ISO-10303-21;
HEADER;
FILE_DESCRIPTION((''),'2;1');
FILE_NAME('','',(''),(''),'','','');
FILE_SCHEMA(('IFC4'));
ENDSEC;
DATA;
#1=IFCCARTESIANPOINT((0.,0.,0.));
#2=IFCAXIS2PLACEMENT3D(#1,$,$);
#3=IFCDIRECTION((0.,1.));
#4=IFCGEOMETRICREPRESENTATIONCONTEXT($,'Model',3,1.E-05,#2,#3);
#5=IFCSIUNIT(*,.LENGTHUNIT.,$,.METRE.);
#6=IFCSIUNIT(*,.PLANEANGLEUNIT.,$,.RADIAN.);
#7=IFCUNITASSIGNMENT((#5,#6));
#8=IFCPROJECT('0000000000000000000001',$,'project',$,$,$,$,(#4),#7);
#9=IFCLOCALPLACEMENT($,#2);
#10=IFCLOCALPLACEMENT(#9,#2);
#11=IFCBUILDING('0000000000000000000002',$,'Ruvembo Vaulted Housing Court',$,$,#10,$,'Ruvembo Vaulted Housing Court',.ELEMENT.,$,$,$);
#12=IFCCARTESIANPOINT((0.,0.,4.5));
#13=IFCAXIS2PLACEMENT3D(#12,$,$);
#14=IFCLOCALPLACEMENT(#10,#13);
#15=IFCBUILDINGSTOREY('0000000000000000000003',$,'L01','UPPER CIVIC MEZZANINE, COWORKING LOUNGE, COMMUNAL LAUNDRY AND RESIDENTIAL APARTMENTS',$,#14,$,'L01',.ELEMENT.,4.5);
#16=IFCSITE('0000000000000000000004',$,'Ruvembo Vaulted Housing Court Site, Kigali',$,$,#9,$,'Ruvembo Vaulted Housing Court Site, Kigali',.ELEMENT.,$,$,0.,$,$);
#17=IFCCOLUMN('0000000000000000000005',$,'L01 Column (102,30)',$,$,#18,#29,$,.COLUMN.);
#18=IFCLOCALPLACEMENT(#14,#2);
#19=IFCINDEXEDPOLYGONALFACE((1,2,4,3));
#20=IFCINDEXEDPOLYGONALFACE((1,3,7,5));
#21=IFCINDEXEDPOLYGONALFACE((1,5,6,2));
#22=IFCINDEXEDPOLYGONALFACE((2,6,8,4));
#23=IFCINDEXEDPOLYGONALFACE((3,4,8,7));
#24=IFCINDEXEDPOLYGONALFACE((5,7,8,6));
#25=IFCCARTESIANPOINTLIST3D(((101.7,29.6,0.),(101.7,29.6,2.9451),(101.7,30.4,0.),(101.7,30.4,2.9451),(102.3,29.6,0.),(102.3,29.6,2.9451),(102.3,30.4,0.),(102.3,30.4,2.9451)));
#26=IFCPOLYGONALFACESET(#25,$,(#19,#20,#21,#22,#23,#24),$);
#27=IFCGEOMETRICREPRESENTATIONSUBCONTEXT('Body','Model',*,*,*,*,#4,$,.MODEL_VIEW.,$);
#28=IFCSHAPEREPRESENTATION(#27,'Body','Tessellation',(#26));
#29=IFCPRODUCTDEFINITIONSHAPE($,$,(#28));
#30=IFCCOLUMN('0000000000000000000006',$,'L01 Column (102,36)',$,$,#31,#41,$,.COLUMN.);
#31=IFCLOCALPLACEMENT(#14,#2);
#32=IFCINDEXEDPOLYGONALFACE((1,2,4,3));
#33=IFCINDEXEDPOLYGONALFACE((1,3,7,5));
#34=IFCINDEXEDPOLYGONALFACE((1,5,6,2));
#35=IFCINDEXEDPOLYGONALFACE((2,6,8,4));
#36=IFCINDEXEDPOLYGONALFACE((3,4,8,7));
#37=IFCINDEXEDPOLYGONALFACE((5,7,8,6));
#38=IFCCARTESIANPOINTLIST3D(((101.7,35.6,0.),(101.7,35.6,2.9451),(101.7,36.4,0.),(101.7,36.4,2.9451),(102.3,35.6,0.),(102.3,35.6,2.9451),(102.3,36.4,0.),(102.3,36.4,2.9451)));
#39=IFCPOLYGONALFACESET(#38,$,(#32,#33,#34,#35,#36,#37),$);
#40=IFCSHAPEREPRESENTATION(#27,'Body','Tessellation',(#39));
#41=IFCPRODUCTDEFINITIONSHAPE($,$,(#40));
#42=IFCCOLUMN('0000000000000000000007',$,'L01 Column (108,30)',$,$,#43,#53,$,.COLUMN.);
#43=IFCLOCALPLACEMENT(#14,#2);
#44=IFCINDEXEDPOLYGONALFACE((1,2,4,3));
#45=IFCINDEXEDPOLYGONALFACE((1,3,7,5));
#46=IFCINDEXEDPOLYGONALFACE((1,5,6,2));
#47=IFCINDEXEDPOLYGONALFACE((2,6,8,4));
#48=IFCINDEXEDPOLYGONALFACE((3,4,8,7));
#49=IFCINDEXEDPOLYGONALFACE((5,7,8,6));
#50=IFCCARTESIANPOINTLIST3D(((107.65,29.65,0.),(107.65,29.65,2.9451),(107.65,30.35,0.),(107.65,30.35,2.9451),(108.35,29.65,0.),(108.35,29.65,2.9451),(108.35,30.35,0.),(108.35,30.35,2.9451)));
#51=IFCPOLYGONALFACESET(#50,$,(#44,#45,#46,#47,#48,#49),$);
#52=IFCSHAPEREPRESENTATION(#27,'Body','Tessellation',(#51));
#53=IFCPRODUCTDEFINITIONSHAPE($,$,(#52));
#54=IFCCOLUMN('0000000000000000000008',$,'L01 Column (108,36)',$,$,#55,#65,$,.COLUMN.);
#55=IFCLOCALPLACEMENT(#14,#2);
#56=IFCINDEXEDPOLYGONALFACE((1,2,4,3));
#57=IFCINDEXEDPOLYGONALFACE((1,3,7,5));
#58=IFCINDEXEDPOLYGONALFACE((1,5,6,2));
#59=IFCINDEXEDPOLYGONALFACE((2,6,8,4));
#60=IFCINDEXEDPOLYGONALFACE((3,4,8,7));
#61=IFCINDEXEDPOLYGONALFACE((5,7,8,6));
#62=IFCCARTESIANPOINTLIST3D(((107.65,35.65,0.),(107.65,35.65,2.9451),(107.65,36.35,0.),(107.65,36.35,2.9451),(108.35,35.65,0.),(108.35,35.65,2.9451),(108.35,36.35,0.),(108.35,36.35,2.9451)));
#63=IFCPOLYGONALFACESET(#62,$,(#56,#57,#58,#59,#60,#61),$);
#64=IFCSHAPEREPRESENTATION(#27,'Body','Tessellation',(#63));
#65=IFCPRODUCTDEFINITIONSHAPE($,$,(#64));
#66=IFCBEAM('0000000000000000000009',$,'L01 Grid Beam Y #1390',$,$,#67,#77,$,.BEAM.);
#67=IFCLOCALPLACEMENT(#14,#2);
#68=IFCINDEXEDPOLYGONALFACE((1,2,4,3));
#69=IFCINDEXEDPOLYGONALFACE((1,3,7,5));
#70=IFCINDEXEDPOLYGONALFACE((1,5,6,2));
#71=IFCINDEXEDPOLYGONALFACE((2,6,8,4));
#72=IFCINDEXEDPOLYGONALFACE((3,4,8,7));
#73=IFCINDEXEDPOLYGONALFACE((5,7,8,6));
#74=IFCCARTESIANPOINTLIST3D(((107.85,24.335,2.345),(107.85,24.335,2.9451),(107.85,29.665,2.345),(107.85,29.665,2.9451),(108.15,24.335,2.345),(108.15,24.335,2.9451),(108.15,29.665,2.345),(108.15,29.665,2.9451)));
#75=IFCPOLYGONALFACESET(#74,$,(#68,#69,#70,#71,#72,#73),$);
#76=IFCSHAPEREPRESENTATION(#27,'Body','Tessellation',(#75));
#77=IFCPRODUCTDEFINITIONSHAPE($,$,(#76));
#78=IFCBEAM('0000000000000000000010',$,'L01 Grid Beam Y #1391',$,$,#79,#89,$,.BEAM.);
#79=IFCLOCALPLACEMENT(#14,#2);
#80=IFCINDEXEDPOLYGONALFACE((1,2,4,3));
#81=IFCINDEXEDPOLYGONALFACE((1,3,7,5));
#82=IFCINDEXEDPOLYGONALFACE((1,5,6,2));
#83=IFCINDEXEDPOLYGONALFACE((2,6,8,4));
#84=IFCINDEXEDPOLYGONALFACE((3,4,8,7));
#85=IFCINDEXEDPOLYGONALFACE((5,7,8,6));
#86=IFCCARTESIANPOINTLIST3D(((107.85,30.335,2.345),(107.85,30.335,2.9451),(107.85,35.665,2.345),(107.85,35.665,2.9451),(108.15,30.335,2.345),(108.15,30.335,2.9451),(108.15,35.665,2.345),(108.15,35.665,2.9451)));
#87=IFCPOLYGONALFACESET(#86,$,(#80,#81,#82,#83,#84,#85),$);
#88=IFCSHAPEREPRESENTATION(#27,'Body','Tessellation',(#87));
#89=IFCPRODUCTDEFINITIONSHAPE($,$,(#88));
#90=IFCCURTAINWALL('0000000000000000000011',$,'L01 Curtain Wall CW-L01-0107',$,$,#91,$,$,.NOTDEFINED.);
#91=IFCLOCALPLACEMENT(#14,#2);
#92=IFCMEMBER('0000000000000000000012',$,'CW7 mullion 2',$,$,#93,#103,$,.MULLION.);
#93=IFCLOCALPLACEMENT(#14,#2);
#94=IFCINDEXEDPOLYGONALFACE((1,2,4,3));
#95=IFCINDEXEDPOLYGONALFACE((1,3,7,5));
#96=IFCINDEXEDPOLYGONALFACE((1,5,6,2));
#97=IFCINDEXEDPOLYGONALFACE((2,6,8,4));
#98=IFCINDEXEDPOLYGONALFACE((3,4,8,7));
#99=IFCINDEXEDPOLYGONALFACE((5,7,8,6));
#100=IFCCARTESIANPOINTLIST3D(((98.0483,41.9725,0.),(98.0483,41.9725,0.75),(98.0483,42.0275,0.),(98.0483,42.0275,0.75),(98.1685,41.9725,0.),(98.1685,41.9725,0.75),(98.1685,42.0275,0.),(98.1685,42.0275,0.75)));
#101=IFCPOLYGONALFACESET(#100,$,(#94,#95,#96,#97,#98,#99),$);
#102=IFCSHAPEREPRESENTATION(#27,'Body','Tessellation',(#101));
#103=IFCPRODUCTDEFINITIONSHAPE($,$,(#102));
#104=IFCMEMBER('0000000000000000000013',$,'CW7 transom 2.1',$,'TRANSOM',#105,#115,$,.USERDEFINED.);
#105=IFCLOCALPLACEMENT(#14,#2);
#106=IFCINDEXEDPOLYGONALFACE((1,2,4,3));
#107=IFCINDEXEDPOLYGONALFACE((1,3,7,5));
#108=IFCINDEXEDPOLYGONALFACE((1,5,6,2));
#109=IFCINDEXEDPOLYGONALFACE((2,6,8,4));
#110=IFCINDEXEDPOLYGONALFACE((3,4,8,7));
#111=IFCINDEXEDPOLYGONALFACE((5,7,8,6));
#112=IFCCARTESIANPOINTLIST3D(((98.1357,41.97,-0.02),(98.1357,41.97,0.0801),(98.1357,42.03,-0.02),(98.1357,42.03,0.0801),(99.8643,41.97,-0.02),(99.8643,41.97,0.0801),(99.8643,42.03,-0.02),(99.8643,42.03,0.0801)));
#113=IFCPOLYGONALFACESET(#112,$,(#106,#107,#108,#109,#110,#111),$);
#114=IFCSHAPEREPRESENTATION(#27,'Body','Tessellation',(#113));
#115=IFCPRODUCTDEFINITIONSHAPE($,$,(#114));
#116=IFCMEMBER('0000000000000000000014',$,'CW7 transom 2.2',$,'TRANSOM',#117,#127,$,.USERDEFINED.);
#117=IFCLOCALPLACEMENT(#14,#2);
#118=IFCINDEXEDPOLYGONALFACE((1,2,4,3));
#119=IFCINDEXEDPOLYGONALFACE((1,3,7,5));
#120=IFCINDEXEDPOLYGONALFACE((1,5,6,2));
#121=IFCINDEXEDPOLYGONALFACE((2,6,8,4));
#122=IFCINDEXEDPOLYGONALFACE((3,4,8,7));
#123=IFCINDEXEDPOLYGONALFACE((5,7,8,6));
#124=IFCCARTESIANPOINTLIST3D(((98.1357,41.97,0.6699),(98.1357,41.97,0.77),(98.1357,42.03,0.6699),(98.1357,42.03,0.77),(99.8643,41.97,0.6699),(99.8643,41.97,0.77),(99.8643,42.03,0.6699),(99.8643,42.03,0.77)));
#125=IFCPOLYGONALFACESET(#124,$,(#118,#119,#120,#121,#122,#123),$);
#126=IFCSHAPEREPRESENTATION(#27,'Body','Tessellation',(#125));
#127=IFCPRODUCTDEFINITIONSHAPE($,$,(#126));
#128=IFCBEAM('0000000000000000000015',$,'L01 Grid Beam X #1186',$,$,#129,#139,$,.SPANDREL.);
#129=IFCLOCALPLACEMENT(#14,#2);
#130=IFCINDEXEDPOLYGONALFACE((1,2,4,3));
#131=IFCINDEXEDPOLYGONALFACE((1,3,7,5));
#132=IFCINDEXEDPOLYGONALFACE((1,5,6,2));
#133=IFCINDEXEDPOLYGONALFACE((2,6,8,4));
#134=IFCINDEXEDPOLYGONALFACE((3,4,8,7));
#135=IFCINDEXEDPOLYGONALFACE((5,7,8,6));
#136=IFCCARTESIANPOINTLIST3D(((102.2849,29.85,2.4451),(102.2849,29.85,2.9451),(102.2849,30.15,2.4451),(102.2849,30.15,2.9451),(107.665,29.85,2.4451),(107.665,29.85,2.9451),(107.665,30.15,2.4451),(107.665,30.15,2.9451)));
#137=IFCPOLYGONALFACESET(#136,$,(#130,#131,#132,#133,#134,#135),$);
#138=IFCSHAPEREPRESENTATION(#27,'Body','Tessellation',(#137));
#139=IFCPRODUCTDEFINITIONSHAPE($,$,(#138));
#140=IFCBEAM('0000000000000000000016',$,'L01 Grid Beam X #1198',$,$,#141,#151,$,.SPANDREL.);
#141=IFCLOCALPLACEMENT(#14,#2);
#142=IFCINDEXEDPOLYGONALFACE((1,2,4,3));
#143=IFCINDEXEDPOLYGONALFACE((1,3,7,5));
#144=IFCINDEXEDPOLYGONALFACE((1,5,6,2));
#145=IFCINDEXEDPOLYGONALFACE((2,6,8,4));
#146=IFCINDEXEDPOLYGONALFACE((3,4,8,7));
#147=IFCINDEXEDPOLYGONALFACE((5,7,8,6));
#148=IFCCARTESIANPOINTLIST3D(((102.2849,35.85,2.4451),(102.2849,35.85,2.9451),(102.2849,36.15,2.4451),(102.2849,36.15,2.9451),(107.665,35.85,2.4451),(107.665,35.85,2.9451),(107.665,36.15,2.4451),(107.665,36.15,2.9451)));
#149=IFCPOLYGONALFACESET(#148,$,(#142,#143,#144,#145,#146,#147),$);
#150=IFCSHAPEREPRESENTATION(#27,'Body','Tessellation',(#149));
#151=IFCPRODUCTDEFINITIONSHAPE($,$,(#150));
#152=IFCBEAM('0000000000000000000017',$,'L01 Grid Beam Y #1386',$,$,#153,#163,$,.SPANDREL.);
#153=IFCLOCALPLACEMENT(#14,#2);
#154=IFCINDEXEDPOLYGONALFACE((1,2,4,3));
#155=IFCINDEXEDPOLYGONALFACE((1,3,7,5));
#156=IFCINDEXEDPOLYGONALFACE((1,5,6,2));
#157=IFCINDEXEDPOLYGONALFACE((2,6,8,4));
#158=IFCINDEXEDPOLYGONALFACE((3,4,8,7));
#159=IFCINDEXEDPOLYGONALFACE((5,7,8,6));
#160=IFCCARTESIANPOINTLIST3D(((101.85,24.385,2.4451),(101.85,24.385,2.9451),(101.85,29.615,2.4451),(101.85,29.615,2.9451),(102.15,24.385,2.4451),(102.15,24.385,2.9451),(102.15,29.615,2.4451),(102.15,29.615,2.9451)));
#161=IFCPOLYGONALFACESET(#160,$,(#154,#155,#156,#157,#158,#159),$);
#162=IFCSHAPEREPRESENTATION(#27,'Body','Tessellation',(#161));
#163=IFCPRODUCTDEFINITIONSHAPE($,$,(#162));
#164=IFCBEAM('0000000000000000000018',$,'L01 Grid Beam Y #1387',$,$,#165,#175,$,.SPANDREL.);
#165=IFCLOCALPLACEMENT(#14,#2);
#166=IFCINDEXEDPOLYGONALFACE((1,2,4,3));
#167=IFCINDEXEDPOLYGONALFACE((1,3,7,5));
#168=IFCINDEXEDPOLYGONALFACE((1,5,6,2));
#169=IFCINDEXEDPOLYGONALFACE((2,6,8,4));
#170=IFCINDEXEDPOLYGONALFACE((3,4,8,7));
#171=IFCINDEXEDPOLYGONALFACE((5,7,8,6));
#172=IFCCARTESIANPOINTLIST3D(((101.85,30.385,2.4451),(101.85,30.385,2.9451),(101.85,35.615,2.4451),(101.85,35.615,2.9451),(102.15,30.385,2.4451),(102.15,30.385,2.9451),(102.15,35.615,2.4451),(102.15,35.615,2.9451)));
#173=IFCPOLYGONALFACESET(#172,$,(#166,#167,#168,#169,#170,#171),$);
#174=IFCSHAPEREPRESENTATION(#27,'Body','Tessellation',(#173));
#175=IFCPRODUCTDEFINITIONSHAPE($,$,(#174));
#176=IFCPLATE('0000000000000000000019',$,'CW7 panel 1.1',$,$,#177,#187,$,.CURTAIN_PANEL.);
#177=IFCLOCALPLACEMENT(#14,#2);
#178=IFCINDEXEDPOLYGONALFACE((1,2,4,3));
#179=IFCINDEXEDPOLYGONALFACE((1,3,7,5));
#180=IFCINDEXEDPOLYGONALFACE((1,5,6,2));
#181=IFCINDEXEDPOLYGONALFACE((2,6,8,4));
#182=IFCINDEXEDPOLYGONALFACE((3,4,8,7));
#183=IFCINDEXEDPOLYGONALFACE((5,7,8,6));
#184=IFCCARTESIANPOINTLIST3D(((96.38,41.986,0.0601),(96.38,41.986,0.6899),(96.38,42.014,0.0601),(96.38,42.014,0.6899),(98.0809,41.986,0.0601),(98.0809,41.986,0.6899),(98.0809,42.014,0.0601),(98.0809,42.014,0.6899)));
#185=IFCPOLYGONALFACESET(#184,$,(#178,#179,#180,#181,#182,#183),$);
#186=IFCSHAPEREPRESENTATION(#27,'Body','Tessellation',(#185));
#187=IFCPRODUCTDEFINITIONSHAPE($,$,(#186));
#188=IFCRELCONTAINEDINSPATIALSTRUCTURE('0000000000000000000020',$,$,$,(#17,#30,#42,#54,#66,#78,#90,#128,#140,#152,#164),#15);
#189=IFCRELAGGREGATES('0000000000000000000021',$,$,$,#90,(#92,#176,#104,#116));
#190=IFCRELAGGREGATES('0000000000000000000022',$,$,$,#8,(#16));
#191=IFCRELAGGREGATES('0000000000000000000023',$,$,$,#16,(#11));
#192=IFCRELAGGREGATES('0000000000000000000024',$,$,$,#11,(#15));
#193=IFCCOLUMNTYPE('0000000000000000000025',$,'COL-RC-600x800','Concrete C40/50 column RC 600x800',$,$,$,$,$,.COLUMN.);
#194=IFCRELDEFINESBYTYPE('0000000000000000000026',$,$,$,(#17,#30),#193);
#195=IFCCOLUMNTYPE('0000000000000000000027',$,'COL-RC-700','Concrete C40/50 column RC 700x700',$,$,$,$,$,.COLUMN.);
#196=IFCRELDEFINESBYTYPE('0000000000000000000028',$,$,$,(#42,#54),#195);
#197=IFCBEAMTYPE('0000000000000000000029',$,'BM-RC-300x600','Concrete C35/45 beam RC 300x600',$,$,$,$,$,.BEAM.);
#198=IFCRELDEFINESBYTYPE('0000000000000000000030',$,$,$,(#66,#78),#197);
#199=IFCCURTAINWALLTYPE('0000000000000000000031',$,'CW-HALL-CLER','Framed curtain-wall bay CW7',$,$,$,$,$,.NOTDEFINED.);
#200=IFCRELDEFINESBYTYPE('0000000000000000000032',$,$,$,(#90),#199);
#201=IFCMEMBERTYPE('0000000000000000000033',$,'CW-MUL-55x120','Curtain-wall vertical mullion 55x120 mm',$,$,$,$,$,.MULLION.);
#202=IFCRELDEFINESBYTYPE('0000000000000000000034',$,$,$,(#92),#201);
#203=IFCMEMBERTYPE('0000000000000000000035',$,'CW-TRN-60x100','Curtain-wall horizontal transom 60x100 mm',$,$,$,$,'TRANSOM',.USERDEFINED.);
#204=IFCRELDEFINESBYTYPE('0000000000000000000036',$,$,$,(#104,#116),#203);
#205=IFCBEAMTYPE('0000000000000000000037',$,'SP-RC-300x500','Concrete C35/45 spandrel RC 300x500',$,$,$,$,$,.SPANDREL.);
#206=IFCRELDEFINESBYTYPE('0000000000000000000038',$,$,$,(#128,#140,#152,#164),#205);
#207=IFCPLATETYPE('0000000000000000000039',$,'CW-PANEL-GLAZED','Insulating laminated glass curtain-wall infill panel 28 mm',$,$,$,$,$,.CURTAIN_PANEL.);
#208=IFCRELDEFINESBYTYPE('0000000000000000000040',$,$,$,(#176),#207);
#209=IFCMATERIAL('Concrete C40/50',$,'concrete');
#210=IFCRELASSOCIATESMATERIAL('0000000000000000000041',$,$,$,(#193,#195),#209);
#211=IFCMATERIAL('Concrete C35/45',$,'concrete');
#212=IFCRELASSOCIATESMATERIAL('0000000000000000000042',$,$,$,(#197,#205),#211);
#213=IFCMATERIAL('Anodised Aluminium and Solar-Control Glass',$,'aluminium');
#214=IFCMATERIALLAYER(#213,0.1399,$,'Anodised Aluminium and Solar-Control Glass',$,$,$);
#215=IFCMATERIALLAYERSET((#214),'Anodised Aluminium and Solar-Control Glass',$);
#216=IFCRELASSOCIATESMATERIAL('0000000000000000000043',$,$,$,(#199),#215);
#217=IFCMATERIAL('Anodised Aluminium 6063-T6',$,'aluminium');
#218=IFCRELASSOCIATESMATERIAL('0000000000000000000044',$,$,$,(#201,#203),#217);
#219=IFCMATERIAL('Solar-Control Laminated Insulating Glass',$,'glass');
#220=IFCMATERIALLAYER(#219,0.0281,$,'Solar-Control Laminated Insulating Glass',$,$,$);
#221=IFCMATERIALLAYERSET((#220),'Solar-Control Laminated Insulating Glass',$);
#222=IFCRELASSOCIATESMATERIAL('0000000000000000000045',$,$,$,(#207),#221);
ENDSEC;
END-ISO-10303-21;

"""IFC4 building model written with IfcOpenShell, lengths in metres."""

from ifc_helpers import new_model, si_unit, direction, frame, origin, origin_2d, place, context, subcontext, project, spatial, rectangle, extrude, material, layer, layer_set, material_profile, profile_set, type_object, element, aggregate, save


model = new_model("IFC4")

# Units and contexts
model_context = context("Model", 3, precision=1e-05, world=origin(), true_north=direction((0.0, 1.0)))
body_context = subcontext(model_context, "Body", "Model", "MODEL_VIEW")
ifc_project = project(units=[si_unit("LENGTHUNIT", "METRE"), si_unit("PLANEANGLEUNIT", "RADIAN")], contexts=[model_context])

# Site, building, storey
site_placement = place(None, origin())
site = spatial("IfcSite", under=ifc_project, at=site_placement, Name="Ruvembo Vaulted Housing Court Site, Kigali", LongName="Ruvembo Vaulted Housing Court Site, Kigali", CompositionType="ELEMENT", RefElevation=0.0)
building_placement = place(site_placement, origin())
building = spatial("IfcBuilding", under=site, at=building_placement, Name="Ruvembo Vaulted Housing Court", LongName="Ruvembo Vaulted Housing Court", CompositionType="ELEMENT")
storey_placement = place(building_placement, frame((0.0, 0.0, 4.5)))
storey = spatial("IfcBuildingStorey", under=building, at=storey_placement, Name="L01", Description="UPPER CIVIC MEZZANINE, COWORKING LOUNGE, COMMUNAL LAUNDRY AND RESIDENTIAL APARTMENTS", LongName="L01", CompositionType="ELEMENT", Elevation=4.5)

# Columns
ifc_material_1 = material(Name="Concrete C40/50", Category="concrete")
ifc_material_profile_1 = material_profile(ifc_material_1, rectangle(XDim=0.6001, YDim=0.8, at=origin_2d()), Name="RC 600x800")
ifc_profile_set_1 = profile_set([ifc_material_profile_1], Name="Concrete C40/50")
column_type_1 = type_object("IfcColumnType", Name="COL-RC-600x800", Description="Concrete C40/50 column RC 600x800", PredefinedType="COLUMN", material=ifc_profile_set_1)
for number, where, z_axis, x_axis, name in (
    (1, (102.0, 30.0, 0.0), (0.0, 0.0, 1.0), (1.0, 0.0, 0.0), "L01 Column (102,30)"),
    (2, (102.0, 36.0, 0.0), (0.0, 0.0, 1.0), (1.0, 0.0, 0.0), "L01 Column (102,36)"),
):
    element("IfcColumn", number, at=place(storey_placement, frame(where, z_axis=z_axis, x_axis=x_axis)), inside=storey, type_object=column_type_1, Name=name, PredefinedType="COLUMN", context=body_context, shape_type="SweptSolid", body=[
        extrude(rectangle(XDim=0.6001, YDim=0.8, at=origin_2d()), origin(), (0.0, 0.0, 1.0), 2.9451),
    ])
ifc_material_profile_2 = material_profile(ifc_material_1, rectangle(XDim=0.7, YDim=0.7, at=origin_2d()), Name="RC 700x700")
ifc_profile_set_2 = profile_set([ifc_material_profile_2], Name="Concrete C40/50")
column_type_2 = type_object("IfcColumnType", Name="COL-RC-700", Description="Concrete C40/50 column RC 700x700", PredefinedType="COLUMN", material=ifc_profile_set_2)
for number, where, z_axis, x_axis, name in (
    (3, (108.0, 30.0, 0.0), (0.0, 0.0, 1.0), (1.0, 0.0, 0.0), "L01 Column (108,30)"),
    (4, (108.0, 36.0, 0.0), (0.0, 0.0, 1.0), (1.0, 0.0, 0.0), "L01 Column (108,36)"),
):
    element("IfcColumn", number, at=place(storey_placement, frame(where, z_axis=z_axis, x_axis=x_axis)), inside=storey, type_object=column_type_2, Name=name, PredefinedType="COLUMN", context=body_context, shape_type="SweptSolid", body=[
        extrude(rectangle(XDim=0.7, YDim=0.7, at=origin_2d()), origin(), (0.0, 0.0, 1.0), 2.9451),
    ])

# Beams
ifc_material_2 = material(Name="Concrete C35/45", Category="concrete")
ifc_material_profile_3 = material_profile(ifc_material_2, rectangle(XDim=0.3, YDim=0.6001, at=origin_2d()), Name="RC 300x600")
ifc_profile_set_3 = profile_set([ifc_material_profile_3], Name="Concrete C35/45")
beam_type_1 = type_object("IfcBeamType", Name="BM-RC-300x600", Description="Concrete C35/45 beam RC 300x600", PredefinedType="BEAM", material=ifc_profile_set_3)
for number, where, z_axis, x_axis, name in (
    (5, (108.0, 24.335, 2.645), (0.0, 1.0, 0.0), (-1.0, 0.0, 0.0), "L01 Grid Beam Y #1390"),
    (6, (108.0, 30.335, 2.645), (0.0, 1.0, 0.0), (-1.0, 0.0, 0.0), "L01 Grid Beam Y #1391"),
):
    element("IfcBeam", number, at=place(storey_placement, frame(where, z_axis=z_axis, x_axis=x_axis)), inside=storey, type_object=beam_type_1, Name=name, PredefinedType="BEAM", context=body_context, shape_type="SweptSolid", body=[
        extrude(rectangle(XDim=0.3, YDim=0.6001, at=origin_2d()), origin(), (0.0, 0.0, 1.0), 5.3301),
    ])

# Curtain wall, members
ifc_material_3 = material(Name="Anodised Aluminium and Solar-Control Glass", Category="aluminium")
ifc_layer_1 = layer(ifc_material_3, 0.1399, Name="Anodised Aluminium and Solar-Control Glass")
ifc_layer_set_1 = layer_set([ifc_layer_1], Name="Anodised Aluminium and Solar-Control Glass")
curtain_wall_type = type_object("IfcCurtainWallType", Name="CW-HALL-CLER", Description="Framed curtain-wall bay CW7", PredefinedType="NOTDEFINED", material=ifc_layer_set_1)
curtain_wall_placement = place(storey_placement, origin())
curtain_wall = element("IfcCurtainWall", 7, at=curtain_wall_placement, inside=storey, type_object=curtain_wall_type, Name="L01 Curtain Wall CW-L01-0107", PredefinedType="NOTDEFINED")
ifc_material_4 = material(Name="Anodised Aluminium 6063-T6", Category="aluminium")
ifc_material_profile_4 = material_profile(ifc_material_4, rectangle(XDim=0.0549, YDim=0.1201, at=origin_2d()), Name="ALU 55x120")
ifc_profile_set_4 = profile_set([ifc_material_profile_4], Name="Anodised Aluminium 6063-T6")
member_type_1 = type_object("IfcMemberType", Name="CW-MUL-55x120", Description="Curtain-wall vertical mullion 55x120 mm", PredefinedType="MULLION", material=ifc_profile_set_4)
member_1_placement = place(storey_placement, frame((98.1084, 42.0, 0.0), z_axis=(0.0, 0.0, 1.0), x_axis=(0.0, 1.0, 0.0)))
member_1 = element("IfcMember", 8, at=member_1_placement, type_object=member_type_1, Name="CW7 mullion 2", PredefinedType="MULLION", context=body_context, shape_type="SweptSolid", body=[
    extrude(rectangle(XDim=0.0549, YDim=0.1201, at=origin_2d()), origin(), (0.0, 0.0, 1.0), 0.75),
])
ifc_material_profile_5 = material_profile(ifc_material_4, rectangle(XDim=0.0601, YDim=0.1001, at=origin_2d()), Name="ALU 60x100")
ifc_profile_set_5 = profile_set([ifc_material_profile_5], Name="Anodised Aluminium 6063-T6")
member_type_2 = type_object("IfcMemberType", Name="CW-TRN-60x100", Description="Curtain-wall horizontal transom 60x100 mm", ElementType="TRANSOM", PredefinedType="USERDEFINED", material=ifc_profile_set_5)
member_2_placement = place(storey_placement, frame((98.1357, 42.0, 0.03), z_axis=(1.0, 0.0, 0.0), x_axis=(0.0, 1.0, 0.0)))
member_2 = element("IfcMember", 9, at=member_2_placement, type_object=member_type_2, Name="CW7 transom 2.1", ObjectType="TRANSOM", PredefinedType="USERDEFINED", context=body_context, shape_type="SweptSolid", body=[
    extrude(rectangle(XDim=0.0601, YDim=0.1001, at=origin_2d()), origin(), (0.0, 0.0, 1.0), 1.7285),
])
member_3_placement = place(storey_placement, frame((98.1357, 42.0, 0.72), z_axis=(1.0, 0.0, 0.0), x_axis=(0.0, 1.0, 0.0)))
member_3 = element("IfcMember", 10, at=member_3_placement, type_object=member_type_2, Name="CW7 transom 2.2", ObjectType="TRANSOM", PredefinedType="USERDEFINED", context=body_context, shape_type="SweptSolid", body=[
    extrude(rectangle(XDim=0.0601, YDim=0.1001, at=origin_2d()), origin(), (0.0, 0.0, 1.0), 1.7285),
])

# Beams
ifc_material_profile_6 = material_profile(ifc_material_2, rectangle(XDim=0.3, YDim=0.5, at=origin_2d()), Name="RC 300x500")
ifc_profile_set_6 = profile_set([ifc_material_profile_6], Name="Concrete C35/45")
beam_type_2 = type_object("IfcBeamType", Name="SP-RC-300x500", Description="Concrete C35/45 spandrel RC 300x500", PredefinedType="SPANDREL", material=ifc_profile_set_6)
for number, where, z_axis, x_axis, name in (
    (11, (102.2849, 30.0, 2.6951), (1.0, 0.0, 0.0), (0.0, 1.0, 0.0), "L01 Grid Beam X #1186"),
    (12, (102.2849, 36.0, 2.6951), (1.0, 0.0, 0.0), (0.0, 1.0, 0.0), "L01 Grid Beam X #1198"),
):
    element("IfcBeam", number, at=place(storey_placement, frame(where, z_axis=z_axis, x_axis=x_axis)), inside=storey, type_object=beam_type_2, Name=name, PredefinedType="SPANDREL", context=body_context, shape_type="SweptSolid", body=[
        extrude(rectangle(XDim=0.3, YDim=0.5, at=origin_2d()), origin(), (0.0, 0.0, 1.0), 5.3801),
    ])
for number, where, z_axis, x_axis, name in (
    (13, (102.0, 24.385, 2.6951), (0.0, 1.0, 0.0), (-1.0, 0.0, 0.0), "L01 Grid Beam Y #1386"),
    (14, (102.0, 30.385, 2.6951), (0.0, 1.0, 0.0), (-1.0, 0.0, 0.0), "L01 Grid Beam Y #1387"),
):
    element("IfcBeam", number, at=place(storey_placement, frame(where, z_axis=z_axis, x_axis=x_axis)), inside=storey, type_object=beam_type_2, Name=name, PredefinedType="SPANDREL", context=body_context, shape_type="SweptSolid", body=[
        extrude(rectangle(XDim=0.3, YDim=0.5, at=origin_2d()), origin(), (0.0, 0.0, 1.0), 5.23),
    ])

# Plate
ifc_material_5 = material(Name="Solar-Control Laminated Insulating Glass", Category="glass")
ifc_layer_2 = layer(ifc_material_5, 0.0281, Name="Solar-Control Laminated Insulating Glass")
ifc_layer_set_2 = layer_set([ifc_layer_2], Name="Solar-Control Laminated Insulating Glass")
plate_type = type_object("IfcPlateType", Name="CW-PANEL-GLAZED", Description="Insulating laminated glass curtain-wall infill panel 28 mm", PredefinedType="CURTAIN_PANEL", material=ifc_layer_set_2)
plate_placement = place(storey_placement, frame((97.2305, 42.0, 0.0601), z_axis=(0.0, 0.0, 1.0), x_axis=(1.0, 0.0, 0.0)))
plate = element("IfcPlate", 15, at=plate_placement, type_object=plate_type, Name="CW7 panel 1.1", PredefinedType="CURTAIN_PANEL", context=body_context, shape_type="SweptSolid", body=[
    extrude(rectangle(XDim=1.7009, YDim=0.0281, at=origin_2d()), origin(), (0.0, 0.0, 1.0), 0.6299),
])
aggregate(curtain_wall, [member_1, plate, member_2, member_3])

save(model, "model.ifc")
